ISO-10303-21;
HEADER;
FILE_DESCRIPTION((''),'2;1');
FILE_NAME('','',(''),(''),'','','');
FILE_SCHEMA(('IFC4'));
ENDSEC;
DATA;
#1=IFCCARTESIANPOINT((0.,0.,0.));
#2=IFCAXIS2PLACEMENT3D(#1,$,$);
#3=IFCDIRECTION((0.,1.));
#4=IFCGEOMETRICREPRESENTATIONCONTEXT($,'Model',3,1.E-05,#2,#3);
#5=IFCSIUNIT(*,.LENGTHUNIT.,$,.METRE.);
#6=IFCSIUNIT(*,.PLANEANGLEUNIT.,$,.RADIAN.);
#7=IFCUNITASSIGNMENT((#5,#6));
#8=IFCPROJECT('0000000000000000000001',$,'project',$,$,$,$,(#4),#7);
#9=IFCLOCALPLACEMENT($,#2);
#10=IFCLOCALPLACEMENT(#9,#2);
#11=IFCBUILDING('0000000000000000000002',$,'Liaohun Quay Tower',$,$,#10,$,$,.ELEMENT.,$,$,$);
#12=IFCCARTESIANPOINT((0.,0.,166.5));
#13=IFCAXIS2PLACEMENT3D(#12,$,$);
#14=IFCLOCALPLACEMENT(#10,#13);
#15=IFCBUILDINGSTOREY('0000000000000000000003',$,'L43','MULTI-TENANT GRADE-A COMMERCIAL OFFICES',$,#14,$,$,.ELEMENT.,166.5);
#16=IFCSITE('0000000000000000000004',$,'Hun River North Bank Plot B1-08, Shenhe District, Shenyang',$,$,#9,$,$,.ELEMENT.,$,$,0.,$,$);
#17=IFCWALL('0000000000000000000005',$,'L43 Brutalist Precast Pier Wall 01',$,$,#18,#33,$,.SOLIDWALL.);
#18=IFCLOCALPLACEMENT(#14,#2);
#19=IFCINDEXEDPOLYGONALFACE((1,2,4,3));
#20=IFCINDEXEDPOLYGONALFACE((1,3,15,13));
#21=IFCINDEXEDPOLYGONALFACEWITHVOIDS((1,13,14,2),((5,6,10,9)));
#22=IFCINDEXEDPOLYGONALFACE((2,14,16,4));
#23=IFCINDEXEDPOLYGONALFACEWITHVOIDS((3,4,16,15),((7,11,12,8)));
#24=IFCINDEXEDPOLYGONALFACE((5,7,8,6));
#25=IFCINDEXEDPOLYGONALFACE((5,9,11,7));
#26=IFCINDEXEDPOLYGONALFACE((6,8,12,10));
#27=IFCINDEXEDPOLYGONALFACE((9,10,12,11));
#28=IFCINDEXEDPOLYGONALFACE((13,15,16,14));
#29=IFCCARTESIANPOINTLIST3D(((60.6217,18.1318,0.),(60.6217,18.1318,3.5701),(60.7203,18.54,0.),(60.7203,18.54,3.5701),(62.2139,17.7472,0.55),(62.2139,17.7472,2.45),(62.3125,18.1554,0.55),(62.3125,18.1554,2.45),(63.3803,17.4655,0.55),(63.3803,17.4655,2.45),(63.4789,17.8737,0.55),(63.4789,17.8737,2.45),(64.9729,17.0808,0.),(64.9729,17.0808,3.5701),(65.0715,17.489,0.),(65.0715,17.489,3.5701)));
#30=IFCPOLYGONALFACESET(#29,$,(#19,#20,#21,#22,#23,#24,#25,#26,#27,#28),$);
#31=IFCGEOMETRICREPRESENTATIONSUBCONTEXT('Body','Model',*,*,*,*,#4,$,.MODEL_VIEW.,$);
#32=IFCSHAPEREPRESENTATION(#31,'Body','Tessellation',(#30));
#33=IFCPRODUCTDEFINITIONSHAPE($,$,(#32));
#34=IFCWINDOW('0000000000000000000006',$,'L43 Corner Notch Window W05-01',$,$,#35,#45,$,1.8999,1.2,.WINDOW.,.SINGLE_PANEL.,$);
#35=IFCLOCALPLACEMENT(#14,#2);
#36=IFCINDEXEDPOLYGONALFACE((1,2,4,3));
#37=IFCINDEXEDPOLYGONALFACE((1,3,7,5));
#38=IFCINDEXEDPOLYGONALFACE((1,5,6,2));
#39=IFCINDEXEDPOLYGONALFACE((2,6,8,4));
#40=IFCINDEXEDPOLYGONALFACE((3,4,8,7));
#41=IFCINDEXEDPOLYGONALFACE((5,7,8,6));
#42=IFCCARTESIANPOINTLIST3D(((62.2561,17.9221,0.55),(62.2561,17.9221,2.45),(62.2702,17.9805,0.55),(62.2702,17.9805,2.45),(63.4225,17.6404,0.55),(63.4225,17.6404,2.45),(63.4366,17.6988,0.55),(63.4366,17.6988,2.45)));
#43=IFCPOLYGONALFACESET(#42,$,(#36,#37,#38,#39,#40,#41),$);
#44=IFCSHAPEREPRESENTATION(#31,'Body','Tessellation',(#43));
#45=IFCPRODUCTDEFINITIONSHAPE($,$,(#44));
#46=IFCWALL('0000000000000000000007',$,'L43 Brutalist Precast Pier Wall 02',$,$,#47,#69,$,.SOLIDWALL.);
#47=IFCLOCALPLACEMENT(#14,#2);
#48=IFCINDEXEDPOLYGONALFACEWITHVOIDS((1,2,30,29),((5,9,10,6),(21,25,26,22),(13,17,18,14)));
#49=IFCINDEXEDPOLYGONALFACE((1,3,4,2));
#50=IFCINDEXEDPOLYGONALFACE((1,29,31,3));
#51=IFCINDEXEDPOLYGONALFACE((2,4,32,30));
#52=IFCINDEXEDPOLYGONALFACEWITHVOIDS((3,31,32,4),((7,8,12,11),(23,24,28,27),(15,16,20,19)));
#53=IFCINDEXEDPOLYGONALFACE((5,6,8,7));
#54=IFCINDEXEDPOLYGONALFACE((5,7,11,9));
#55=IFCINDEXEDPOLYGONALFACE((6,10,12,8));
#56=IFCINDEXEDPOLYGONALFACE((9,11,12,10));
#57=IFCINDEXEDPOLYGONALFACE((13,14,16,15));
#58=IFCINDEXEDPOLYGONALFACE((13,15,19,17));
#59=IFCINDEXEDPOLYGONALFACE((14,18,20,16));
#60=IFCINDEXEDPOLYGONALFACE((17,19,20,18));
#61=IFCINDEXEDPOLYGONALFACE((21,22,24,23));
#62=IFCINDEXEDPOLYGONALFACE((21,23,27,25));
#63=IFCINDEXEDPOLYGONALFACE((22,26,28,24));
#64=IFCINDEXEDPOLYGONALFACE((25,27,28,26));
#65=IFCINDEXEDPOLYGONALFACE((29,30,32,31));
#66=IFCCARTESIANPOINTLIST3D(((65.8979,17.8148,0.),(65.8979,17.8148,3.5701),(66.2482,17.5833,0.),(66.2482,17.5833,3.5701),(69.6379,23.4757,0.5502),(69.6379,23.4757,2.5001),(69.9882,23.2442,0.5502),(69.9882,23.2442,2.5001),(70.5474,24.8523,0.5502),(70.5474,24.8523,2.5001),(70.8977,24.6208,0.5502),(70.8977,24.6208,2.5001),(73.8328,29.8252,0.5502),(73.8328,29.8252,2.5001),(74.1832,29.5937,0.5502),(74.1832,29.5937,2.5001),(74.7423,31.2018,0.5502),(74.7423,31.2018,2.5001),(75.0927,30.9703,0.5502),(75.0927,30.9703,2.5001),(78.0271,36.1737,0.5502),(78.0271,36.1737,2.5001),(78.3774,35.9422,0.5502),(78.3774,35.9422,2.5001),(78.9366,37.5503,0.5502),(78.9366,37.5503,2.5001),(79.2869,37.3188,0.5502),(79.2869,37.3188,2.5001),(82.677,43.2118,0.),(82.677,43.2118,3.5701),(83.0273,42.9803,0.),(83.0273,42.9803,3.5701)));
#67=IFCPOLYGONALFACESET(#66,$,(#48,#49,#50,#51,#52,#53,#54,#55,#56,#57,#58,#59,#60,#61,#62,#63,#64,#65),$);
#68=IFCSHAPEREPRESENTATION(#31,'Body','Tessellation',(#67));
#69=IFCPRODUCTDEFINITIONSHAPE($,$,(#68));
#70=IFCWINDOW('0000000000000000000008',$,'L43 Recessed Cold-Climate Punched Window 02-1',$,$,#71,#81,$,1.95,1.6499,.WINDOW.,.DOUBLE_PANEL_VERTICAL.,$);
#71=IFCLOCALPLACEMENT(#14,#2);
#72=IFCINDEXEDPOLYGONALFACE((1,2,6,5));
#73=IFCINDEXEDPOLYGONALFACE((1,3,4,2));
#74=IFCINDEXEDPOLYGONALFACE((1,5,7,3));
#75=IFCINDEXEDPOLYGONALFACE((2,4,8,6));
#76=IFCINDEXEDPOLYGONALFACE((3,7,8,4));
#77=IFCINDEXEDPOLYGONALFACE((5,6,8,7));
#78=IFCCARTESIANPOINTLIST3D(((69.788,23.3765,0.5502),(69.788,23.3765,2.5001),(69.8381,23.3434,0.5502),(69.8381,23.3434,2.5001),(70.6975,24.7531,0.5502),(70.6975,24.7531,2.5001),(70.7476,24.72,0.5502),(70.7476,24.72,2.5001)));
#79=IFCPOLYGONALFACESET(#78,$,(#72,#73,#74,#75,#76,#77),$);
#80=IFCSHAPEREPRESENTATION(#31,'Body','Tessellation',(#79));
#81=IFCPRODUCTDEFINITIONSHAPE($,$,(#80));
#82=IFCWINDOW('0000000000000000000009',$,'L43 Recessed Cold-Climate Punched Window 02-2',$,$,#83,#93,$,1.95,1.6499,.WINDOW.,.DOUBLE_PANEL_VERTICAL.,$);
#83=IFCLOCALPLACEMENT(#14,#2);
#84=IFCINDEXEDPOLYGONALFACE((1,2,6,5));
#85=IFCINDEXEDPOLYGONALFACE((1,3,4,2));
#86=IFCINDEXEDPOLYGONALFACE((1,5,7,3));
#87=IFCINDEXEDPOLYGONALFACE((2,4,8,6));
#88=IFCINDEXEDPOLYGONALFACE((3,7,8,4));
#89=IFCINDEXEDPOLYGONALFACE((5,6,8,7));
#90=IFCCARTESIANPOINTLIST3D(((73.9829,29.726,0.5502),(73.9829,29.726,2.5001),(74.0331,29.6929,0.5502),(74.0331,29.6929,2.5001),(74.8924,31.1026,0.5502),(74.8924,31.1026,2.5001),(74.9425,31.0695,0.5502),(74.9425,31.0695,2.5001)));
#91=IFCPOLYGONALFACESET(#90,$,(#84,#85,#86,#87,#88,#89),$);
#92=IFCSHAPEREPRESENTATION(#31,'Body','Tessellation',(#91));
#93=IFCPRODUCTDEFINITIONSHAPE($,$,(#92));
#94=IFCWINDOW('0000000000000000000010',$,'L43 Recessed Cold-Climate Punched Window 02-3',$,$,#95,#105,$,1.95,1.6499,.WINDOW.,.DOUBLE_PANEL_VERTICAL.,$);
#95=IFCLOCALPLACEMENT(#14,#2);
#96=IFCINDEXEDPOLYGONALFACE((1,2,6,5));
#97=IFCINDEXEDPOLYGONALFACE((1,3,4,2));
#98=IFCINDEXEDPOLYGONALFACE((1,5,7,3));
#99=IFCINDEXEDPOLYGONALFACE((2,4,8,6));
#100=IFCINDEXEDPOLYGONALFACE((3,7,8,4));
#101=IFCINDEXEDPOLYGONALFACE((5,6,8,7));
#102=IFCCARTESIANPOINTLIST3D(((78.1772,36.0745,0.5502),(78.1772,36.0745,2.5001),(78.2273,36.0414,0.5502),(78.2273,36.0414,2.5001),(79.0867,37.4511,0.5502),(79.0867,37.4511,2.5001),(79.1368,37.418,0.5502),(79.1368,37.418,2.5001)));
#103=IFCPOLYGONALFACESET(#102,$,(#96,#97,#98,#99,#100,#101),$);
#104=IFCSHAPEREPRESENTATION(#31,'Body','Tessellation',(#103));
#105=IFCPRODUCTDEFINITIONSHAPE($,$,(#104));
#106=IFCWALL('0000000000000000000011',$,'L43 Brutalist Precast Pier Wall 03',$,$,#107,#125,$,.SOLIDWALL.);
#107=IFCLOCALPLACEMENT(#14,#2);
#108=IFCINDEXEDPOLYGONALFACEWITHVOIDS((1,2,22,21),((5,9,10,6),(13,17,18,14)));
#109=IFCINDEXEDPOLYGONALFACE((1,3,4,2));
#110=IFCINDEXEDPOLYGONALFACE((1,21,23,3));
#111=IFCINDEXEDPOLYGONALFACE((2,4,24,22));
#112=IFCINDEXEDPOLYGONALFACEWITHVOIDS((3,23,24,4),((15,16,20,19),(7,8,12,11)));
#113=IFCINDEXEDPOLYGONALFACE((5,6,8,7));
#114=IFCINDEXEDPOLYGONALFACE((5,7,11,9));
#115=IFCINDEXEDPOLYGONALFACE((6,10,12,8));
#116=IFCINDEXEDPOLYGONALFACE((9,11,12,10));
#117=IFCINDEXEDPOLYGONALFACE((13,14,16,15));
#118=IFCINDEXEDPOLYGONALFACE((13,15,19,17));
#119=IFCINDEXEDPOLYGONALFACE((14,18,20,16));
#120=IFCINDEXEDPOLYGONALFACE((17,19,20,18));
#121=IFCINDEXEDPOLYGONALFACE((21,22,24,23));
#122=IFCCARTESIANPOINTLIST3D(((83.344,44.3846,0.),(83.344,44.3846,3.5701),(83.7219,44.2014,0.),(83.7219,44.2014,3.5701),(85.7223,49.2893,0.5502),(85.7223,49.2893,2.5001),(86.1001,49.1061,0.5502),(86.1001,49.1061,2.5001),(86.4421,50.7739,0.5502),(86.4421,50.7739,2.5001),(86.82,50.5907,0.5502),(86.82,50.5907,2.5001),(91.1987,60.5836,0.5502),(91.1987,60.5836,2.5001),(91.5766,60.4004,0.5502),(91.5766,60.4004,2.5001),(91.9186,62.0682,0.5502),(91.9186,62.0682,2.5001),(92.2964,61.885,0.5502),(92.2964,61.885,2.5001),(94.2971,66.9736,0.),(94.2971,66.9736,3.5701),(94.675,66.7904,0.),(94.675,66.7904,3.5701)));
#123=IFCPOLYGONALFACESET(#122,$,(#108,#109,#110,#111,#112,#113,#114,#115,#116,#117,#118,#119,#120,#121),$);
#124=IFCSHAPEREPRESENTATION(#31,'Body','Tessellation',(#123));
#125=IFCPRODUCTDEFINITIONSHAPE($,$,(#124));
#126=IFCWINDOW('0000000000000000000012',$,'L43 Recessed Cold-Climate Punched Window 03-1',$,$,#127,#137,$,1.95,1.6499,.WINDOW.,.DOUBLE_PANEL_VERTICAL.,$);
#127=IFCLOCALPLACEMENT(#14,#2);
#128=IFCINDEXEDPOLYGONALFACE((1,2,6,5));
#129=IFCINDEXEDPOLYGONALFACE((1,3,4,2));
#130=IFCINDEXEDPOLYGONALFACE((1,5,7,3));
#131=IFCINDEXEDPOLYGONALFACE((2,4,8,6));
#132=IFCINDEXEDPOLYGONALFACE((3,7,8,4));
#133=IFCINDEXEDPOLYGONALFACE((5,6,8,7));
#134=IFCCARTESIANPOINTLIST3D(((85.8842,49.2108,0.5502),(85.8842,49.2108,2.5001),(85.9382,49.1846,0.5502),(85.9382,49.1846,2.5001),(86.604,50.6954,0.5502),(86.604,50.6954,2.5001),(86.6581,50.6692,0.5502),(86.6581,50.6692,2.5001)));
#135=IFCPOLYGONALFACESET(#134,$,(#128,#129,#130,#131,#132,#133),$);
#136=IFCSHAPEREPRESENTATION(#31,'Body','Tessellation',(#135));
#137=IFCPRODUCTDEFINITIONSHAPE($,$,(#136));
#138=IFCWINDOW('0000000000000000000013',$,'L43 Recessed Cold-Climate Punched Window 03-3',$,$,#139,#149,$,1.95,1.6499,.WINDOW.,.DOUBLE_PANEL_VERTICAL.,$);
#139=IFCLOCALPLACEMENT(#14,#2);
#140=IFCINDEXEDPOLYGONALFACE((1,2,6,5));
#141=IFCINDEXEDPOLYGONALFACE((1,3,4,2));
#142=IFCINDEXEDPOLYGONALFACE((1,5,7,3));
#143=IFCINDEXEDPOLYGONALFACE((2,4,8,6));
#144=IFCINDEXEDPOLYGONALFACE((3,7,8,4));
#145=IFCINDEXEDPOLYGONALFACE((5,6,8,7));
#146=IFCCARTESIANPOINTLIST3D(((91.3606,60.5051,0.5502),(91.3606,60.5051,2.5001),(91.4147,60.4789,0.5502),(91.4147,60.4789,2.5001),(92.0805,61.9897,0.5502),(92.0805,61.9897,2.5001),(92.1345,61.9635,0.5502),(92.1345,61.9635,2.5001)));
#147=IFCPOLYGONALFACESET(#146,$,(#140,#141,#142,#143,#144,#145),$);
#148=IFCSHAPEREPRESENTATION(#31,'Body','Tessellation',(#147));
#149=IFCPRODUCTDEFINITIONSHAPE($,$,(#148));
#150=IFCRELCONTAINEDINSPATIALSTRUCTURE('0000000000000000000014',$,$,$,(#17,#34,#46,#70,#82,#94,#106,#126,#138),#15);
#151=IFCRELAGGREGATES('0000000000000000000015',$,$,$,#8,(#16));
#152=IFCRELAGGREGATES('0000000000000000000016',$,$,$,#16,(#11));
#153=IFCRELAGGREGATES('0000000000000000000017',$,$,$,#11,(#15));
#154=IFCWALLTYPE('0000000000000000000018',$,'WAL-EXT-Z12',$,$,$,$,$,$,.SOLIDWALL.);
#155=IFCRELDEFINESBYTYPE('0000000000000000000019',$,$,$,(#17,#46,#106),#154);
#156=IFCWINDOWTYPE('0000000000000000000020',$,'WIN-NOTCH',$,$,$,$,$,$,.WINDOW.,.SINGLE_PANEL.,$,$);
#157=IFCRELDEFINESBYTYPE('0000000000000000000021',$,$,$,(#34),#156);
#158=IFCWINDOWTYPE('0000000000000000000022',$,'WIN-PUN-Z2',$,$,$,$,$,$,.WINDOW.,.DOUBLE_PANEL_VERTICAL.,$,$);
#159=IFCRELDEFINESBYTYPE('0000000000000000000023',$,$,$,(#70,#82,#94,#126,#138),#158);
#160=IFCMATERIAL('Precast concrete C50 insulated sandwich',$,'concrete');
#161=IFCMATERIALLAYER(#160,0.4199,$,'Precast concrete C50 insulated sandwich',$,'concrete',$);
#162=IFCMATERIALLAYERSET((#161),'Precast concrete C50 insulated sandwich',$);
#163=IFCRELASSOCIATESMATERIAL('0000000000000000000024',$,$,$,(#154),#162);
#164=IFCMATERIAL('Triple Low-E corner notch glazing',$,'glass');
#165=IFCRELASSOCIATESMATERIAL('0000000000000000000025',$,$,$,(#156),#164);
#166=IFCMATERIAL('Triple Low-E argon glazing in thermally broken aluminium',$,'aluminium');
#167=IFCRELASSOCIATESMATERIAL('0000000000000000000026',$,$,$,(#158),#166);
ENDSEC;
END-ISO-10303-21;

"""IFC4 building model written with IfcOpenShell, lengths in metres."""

from ifc_helpers import new_model, si_unit, direction, frame, frame_2d, origin, place, context, subcontext, project, spatial, rectangle, extrude, source, transform, mapped, material, layer, layer_set, type_object, element, fill, save


model = new_model("IFC4")

# Units and contexts
model_context = context("Model", 3, precision=1e-05, world=origin(), true_north=direction((0.0, 1.0)))
body_context = subcontext(model_context, "Body", "Model", "MODEL_VIEW")
ifc_project = project(units=[si_unit("LENGTHUNIT", "METRE"), si_unit("PLANEANGLEUNIT", "RADIAN")], contexts=[model_context])

# Site, building, storey
site_placement = place(None, origin())
site = spatial("IfcSite", under=ifc_project, at=site_placement, Name="Hun River North Bank Plot B1-08, Shenhe District, Shenyang", CompositionType="ELEMENT", RefElevation=0.0)
building_placement = place(site_placement, origin())
building = spatial("IfcBuilding", under=site, at=building_placement, Name="Liaohun Quay Tower", CompositionType="ELEMENT")
storey_placement = place(building_placement, frame((0.0, 0.0, 166.5)))
storey = spatial("IfcBuildingStorey", under=building, at=storey_placement, Name="L43", Description="MULTI-TENANT GRADE-A COMMERCIAL OFFICES", CompositionType="ELEMENT", Elevation=166.5)

# Wall, opening, window
ifc_material_1 = material(Name="Precast concrete C50 insulated sandwich", Category="concrete")
ifc_layer_1 = layer(ifc_material_1, 0.4199, Name="Precast concrete C50 insulated sandwich", Category="concrete")
ifc_layer_set_1 = layer_set([ifc_layer_1], Name="Precast concrete C50 insulated sandwich")
wall_type_1 = type_object("IfcWallType", Name="WAL-EXT-Z12", PredefinedType="SOLIDWALL", material=ifc_layer_set_1)
wall_1_placement = place(storey_placement, frame((60.6709, 18.3359, 0.0), z_axis=(0.0, 0.0, 1.0), x_axis=(0.972043, -0.234802, 0.0)))
wall_1 = element("IfcWall", 1, at=wall_1_placement, inside=storey, type_object=wall_type_1, Name="L43 Brutalist Precast Pier Wall 01", PredefinedType="SOLIDWALL", context=body_context, shape_type="SweptSolid", body=[
    extrude(rectangle(XDim=4.4763, YDim=0.4199, at=frame_2d((2.2383, 0.0))), origin(), (0.0, 0.0, 1.0), 3.5701),
])
shared_shape_1 = source(origin(), body_context, "Body", "SweptSolid", [
    extrude(rectangle(XDim=1.2, YDim=1.8999, at=frame_2d((0.6001, 0.95))), frame((0.0, 0.22, 0.0), z_axis=(0.0, -1.0, 0.0), x_axis=(1.0, 0.0, 0.0)), (0.0, 0.0, 1.0), 0.4399),
])
opening_1_placement = place(wall_1_placement, frame((1.6379, 0.0, 0.55)))
opening_1 = element("IfcOpeningElement", 2, at=opening_1_placement, cuts=wall_1, PredefinedType="OPENING", context=body_context, shape_type="MappedRepresentation", body=[
    mapped(shared_shape_1, transform((0.0, 0.0, 0.0), x_axis=(1.0, 0.0, 0.0), y_axis=(0.0, 1.0, 0.0), z_axis=(0.0, 0.0, 1.0), scale=1.0)),
])
ifc_material_2 = material(Name="Triple Low-E corner notch glazing", Category="glass")
window_type_1 = type_object("IfcWindowType", Name="WIN-NOTCH", PartitioningType="SINGLE_PANEL", PredefinedType="WINDOW", material=ifc_material_2)
shared_shape_2 = source(origin(), body_context, "Body", "SweptSolid", [
    extrude(rectangle(XDim=1.2, YDim=1.8999, at=frame_2d((0.6001, 0.95))), frame((0.0, 0.03, 0.0), z_axis=(0.0, -1.0, 0.0), x_axis=(1.0, 0.0, 0.0)), (0.0, 0.0, 1.0), 0.0601),
])
window_1_placement = place(opening_1_placement, origin())
window_1 = element("IfcWindow", 3, at=window_1_placement, inside=storey, type_object=window_type_1, Name="L43 Corner Notch Window W05-01", OverallHeight=1.8999, OverallWidth=1.2, PartitioningType="SINGLE_PANEL", PredefinedType="WINDOW", context=body_context, shape_type="MappedRepresentation", body=[
    mapped(shared_shape_2, transform((0.0, 0.0, 0.0), x_axis=(1.0, 0.0, 0.0), y_axis=(0.0, 1.0, 0.0), z_axis=(0.0, 0.0, 1.0), scale=1.0)),
])
fill(opening_1, window_1)

# Walls, openings, windows
wall_2_placement = place(storey_placement, frame((66.073, 17.699, 0.0), z_axis=(0.0, 0.0, 1.0), x_axis=(0.551232, 0.834352, 0.0)))
wall_2 = element("IfcWall", 4, at=wall_2_placement, inside=storey, type_object=wall_type_1, Name="L43 Brutalist Precast Pier Wall 02", PredefinedType="SOLIDWALL", context=body_context, shape_type="SweptSolid", body=[
    extrude(rectangle(XDim=30.4392, YDim=0.4199, at=frame_2d((15.2197, 0.0))), origin(), (0.0, 0.0, 1.0), 3.5701),
])
shared_shape_3 = source(origin(), body_context, "Body", "SweptSolid", [
    extrude(rectangle(XDim=1.6499, YDim=1.95, at=frame_2d((0.825, 0.9751))), frame((0.0, 0.22, 0.0), z_axis=(0.0, -1.0, 0.0), x_axis=(1.0, 0.0, 0.0)), (0.0, 0.0, 1.0), 0.4399),
])
opening_2_placement = place(wall_2_placement, frame((6.7849, 0.0, 0.55)))
opening_2 = element("IfcOpeningElement", 5, at=opening_2_placement, cuts=wall_2, PredefinedType="OPENING", context=body_context, shape_type="MappedRepresentation", body=[
    mapped(shared_shape_3, transform((0.0, 0.0, 0.0), x_axis=(1.0, 0.0, 0.0), y_axis=(0.0, 1.0, 0.0), z_axis=(0.0, 0.0, 1.0), scale=1.0)),
])
opening_3_placement = place(wall_2_placement, frame((14.395, 0.0, 0.55)))
opening_3 = element("IfcOpeningElement", 6, at=opening_3_placement, cuts=wall_2, PredefinedType="OPENING", context=body_context, shape_type="MappedRepresentation", body=[
    mapped(shared_shape_3, transform((0.0, 0.0, 0.0), x_axis=(1.0, 0.0, 0.0), y_axis=(0.0, 1.0, 0.0), z_axis=(0.0, 0.0, 1.0), scale=1.0)),
])
opening_4_placement = place(wall_2_placement, frame((22.0039, 0.0, 0.55)))
opening_4 = element("IfcOpeningElement", 7, at=opening_4_placement, cuts=wall_2, PredefinedType="OPENING", context=body_context, shape_type="MappedRepresentation", body=[
    mapped(shared_shape_3, transform((0.0, 0.0, 0.0), x_axis=(1.0, 0.0, 0.0), y_axis=(0.0, 1.0, 0.0), z_axis=(0.0, 0.0, 1.0), scale=1.0)),
])
ifc_material_3 = material(Name="Triple Low-E argon glazing in thermally broken aluminium", Category="aluminium")
window_type_2 = type_object("IfcWindowType", Name="WIN-PUN-Z2", PartitioningType="DOUBLE_PANEL_VERTICAL", PredefinedType="WINDOW", material=ifc_material_3)
shared_shape_4 = source(origin(), body_context, "Body", "SweptSolid", [
    extrude(rectangle(XDim=1.6499, YDim=1.95, at=frame_2d((0.825, 0.9751))), frame((0.0, 0.03, 0.0), z_axis=(0.0, -1.0, 0.0), x_axis=(1.0, 0.0, 0.0)), (0.0, 0.0, 1.0), 0.0601),
])
window_2_placement = place(opening_2_placement, origin())
window_2 = element("IfcWindow", 8, at=window_2_placement, inside=storey, type_object=window_type_2, Name="L43 Recessed Cold-Climate Punched Window 02-1", OverallHeight=1.95, OverallWidth=1.6499, PartitioningType="DOUBLE_PANEL_VERTICAL", PredefinedType="WINDOW", context=body_context, shape_type="MappedRepresentation", body=[
    mapped(shared_shape_4, transform((0.0, 0.0, 0.0), x_axis=(1.0, 0.0, 0.0), y_axis=(0.0, 1.0, 0.0), z_axis=(0.0, 0.0, 1.0), scale=1.0)),
])
fill(opening_2, window_2)
window_3_placement = place(opening_3_placement, origin())
window_3 = element("IfcWindow", 9, at=window_3_placement, inside=storey, type_object=window_type_2, Name="L43 Recessed Cold-Climate Punched Window 02-2", OverallHeight=1.95, OverallWidth=1.6499, PartitioningType="DOUBLE_PANEL_VERTICAL", PredefinedType="WINDOW", context=body_context, shape_type="MappedRepresentation", body=[
    mapped(shared_shape_4, transform((0.0, 0.0, 0.0), x_axis=(1.0, 0.0, 0.0), y_axis=(0.0, 1.0, 0.0), z_axis=(0.0, 0.0, 1.0), scale=1.0)),
])
fill(opening_3, window_3)
window_4_placement = place(opening_4_placement, origin())
window_4 = element("IfcWindow", 10, at=window_4_placement, inside=storey, type_object=window_type_2, Name="L43 Recessed Cold-Climate Punched Window 02-3", OverallHeight=1.95, OverallWidth=1.6499, PartitioningType="DOUBLE_PANEL_VERTICAL", PredefinedType="WINDOW", context=body_context, shape_type="MappedRepresentation", body=[
    mapped(shared_shape_4, transform((0.0, 0.0, 0.0), x_axis=(1.0, 0.0, 0.0), y_axis=(0.0, 1.0, 0.0), z_axis=(0.0, 0.0, 1.0), scale=1.0)),
])
fill(opening_4, window_4)
wall_3_placement = place(storey_placement, frame((83.533, 44.293, 0.0), z_axis=(0.0, 0.0, 1.0), x_axis=(0.4363, 0.899801, 0.0)))
wall_3 = element("IfcWall", 11, at=wall_3_placement, inside=storey, type_object=wall_type_1, Name="L43 Brutalist Precast Pier Wall 03", PredefinedType="SOLIDWALL", context=body_context, shape_type="SweptSolid", body=[
    extrude(rectangle(XDim=25.1045, YDim=0.4199, at=frame_2d((12.5522, 0.0))), origin(), (0.0, 0.0, 1.0), 3.5701),
])
opening_5_placement = place(wall_3_placement, frame((5.4509, 0.0, 0.55)))
opening_5 = element("IfcOpeningElement", 12, at=opening_5_placement, cuts=wall_3, PredefinedType="OPENING", context=body_context, shape_type="MappedRepresentation", body=[
    mapped(shared_shape_3, transform((0.0, 0.0, 0.0), x_axis=(1.0, 0.0, 0.0), y_axis=(0.0, 1.0, 0.0), z_axis=(0.0, 0.0, 1.0), scale=1.0)),
])
opening_6_placement = place(wall_3_placement, frame((18.0029, 0.0, 0.55)))
opening_6 = element("IfcOpeningElement", 13, at=opening_6_placement, cuts=wall_3, PredefinedType="OPENING", context=body_context, shape_type="MappedRepresentation", body=[
    mapped(shared_shape_3, transform((0.0, 0.0, 0.0), x_axis=(1.0, 0.0, 0.0), y_axis=(0.0, 1.0, 0.0), z_axis=(0.0, 0.0, 1.0), scale=1.0)),
])
window_5_placement = place(opening_5_placement, origin())
window_5 = element("IfcWindow", 14, at=window_5_placement, inside=storey, type_object=window_type_2, Name="L43 Recessed Cold-Climate Punched Window 03-1", OverallHeight=1.95, OverallWidth=1.6499, PartitioningType="DOUBLE_PANEL_VERTICAL", PredefinedType="WINDOW", context=body_context, shape_type="MappedRepresentation", body=[
    mapped(shared_shape_4, transform((0.0, 0.0, 0.0), x_axis=(1.0, 0.0, 0.0), y_axis=(0.0, 1.0, 0.0), z_axis=(0.0, 0.0, 1.0), scale=1.0)),
])
fill(opening_5, window_5)
window_6_placement = place(opening_6_placement, origin())
window_6 = element("IfcWindow", 15, at=window_6_placement, inside=storey, type_object=window_type_2, Name="L43 Recessed Cold-Climate Punched Window 03-3", OverallHeight=1.95, OverallWidth=1.6499, PartitioningType="DOUBLE_PANEL_VERTICAL", PredefinedType="WINDOW", context=body_context, shape_type="MappedRepresentation", body=[
    mapped(shared_shape_4, transform((0.0, 0.0, 0.0), x_axis=(1.0, 0.0, 0.0), y_axis=(0.0, 1.0, 0.0), z_axis=(0.0, 0.0, 1.0), scale=1.0)),
])
fill(opening_6, window_6)

save(model, "model.ifc")
